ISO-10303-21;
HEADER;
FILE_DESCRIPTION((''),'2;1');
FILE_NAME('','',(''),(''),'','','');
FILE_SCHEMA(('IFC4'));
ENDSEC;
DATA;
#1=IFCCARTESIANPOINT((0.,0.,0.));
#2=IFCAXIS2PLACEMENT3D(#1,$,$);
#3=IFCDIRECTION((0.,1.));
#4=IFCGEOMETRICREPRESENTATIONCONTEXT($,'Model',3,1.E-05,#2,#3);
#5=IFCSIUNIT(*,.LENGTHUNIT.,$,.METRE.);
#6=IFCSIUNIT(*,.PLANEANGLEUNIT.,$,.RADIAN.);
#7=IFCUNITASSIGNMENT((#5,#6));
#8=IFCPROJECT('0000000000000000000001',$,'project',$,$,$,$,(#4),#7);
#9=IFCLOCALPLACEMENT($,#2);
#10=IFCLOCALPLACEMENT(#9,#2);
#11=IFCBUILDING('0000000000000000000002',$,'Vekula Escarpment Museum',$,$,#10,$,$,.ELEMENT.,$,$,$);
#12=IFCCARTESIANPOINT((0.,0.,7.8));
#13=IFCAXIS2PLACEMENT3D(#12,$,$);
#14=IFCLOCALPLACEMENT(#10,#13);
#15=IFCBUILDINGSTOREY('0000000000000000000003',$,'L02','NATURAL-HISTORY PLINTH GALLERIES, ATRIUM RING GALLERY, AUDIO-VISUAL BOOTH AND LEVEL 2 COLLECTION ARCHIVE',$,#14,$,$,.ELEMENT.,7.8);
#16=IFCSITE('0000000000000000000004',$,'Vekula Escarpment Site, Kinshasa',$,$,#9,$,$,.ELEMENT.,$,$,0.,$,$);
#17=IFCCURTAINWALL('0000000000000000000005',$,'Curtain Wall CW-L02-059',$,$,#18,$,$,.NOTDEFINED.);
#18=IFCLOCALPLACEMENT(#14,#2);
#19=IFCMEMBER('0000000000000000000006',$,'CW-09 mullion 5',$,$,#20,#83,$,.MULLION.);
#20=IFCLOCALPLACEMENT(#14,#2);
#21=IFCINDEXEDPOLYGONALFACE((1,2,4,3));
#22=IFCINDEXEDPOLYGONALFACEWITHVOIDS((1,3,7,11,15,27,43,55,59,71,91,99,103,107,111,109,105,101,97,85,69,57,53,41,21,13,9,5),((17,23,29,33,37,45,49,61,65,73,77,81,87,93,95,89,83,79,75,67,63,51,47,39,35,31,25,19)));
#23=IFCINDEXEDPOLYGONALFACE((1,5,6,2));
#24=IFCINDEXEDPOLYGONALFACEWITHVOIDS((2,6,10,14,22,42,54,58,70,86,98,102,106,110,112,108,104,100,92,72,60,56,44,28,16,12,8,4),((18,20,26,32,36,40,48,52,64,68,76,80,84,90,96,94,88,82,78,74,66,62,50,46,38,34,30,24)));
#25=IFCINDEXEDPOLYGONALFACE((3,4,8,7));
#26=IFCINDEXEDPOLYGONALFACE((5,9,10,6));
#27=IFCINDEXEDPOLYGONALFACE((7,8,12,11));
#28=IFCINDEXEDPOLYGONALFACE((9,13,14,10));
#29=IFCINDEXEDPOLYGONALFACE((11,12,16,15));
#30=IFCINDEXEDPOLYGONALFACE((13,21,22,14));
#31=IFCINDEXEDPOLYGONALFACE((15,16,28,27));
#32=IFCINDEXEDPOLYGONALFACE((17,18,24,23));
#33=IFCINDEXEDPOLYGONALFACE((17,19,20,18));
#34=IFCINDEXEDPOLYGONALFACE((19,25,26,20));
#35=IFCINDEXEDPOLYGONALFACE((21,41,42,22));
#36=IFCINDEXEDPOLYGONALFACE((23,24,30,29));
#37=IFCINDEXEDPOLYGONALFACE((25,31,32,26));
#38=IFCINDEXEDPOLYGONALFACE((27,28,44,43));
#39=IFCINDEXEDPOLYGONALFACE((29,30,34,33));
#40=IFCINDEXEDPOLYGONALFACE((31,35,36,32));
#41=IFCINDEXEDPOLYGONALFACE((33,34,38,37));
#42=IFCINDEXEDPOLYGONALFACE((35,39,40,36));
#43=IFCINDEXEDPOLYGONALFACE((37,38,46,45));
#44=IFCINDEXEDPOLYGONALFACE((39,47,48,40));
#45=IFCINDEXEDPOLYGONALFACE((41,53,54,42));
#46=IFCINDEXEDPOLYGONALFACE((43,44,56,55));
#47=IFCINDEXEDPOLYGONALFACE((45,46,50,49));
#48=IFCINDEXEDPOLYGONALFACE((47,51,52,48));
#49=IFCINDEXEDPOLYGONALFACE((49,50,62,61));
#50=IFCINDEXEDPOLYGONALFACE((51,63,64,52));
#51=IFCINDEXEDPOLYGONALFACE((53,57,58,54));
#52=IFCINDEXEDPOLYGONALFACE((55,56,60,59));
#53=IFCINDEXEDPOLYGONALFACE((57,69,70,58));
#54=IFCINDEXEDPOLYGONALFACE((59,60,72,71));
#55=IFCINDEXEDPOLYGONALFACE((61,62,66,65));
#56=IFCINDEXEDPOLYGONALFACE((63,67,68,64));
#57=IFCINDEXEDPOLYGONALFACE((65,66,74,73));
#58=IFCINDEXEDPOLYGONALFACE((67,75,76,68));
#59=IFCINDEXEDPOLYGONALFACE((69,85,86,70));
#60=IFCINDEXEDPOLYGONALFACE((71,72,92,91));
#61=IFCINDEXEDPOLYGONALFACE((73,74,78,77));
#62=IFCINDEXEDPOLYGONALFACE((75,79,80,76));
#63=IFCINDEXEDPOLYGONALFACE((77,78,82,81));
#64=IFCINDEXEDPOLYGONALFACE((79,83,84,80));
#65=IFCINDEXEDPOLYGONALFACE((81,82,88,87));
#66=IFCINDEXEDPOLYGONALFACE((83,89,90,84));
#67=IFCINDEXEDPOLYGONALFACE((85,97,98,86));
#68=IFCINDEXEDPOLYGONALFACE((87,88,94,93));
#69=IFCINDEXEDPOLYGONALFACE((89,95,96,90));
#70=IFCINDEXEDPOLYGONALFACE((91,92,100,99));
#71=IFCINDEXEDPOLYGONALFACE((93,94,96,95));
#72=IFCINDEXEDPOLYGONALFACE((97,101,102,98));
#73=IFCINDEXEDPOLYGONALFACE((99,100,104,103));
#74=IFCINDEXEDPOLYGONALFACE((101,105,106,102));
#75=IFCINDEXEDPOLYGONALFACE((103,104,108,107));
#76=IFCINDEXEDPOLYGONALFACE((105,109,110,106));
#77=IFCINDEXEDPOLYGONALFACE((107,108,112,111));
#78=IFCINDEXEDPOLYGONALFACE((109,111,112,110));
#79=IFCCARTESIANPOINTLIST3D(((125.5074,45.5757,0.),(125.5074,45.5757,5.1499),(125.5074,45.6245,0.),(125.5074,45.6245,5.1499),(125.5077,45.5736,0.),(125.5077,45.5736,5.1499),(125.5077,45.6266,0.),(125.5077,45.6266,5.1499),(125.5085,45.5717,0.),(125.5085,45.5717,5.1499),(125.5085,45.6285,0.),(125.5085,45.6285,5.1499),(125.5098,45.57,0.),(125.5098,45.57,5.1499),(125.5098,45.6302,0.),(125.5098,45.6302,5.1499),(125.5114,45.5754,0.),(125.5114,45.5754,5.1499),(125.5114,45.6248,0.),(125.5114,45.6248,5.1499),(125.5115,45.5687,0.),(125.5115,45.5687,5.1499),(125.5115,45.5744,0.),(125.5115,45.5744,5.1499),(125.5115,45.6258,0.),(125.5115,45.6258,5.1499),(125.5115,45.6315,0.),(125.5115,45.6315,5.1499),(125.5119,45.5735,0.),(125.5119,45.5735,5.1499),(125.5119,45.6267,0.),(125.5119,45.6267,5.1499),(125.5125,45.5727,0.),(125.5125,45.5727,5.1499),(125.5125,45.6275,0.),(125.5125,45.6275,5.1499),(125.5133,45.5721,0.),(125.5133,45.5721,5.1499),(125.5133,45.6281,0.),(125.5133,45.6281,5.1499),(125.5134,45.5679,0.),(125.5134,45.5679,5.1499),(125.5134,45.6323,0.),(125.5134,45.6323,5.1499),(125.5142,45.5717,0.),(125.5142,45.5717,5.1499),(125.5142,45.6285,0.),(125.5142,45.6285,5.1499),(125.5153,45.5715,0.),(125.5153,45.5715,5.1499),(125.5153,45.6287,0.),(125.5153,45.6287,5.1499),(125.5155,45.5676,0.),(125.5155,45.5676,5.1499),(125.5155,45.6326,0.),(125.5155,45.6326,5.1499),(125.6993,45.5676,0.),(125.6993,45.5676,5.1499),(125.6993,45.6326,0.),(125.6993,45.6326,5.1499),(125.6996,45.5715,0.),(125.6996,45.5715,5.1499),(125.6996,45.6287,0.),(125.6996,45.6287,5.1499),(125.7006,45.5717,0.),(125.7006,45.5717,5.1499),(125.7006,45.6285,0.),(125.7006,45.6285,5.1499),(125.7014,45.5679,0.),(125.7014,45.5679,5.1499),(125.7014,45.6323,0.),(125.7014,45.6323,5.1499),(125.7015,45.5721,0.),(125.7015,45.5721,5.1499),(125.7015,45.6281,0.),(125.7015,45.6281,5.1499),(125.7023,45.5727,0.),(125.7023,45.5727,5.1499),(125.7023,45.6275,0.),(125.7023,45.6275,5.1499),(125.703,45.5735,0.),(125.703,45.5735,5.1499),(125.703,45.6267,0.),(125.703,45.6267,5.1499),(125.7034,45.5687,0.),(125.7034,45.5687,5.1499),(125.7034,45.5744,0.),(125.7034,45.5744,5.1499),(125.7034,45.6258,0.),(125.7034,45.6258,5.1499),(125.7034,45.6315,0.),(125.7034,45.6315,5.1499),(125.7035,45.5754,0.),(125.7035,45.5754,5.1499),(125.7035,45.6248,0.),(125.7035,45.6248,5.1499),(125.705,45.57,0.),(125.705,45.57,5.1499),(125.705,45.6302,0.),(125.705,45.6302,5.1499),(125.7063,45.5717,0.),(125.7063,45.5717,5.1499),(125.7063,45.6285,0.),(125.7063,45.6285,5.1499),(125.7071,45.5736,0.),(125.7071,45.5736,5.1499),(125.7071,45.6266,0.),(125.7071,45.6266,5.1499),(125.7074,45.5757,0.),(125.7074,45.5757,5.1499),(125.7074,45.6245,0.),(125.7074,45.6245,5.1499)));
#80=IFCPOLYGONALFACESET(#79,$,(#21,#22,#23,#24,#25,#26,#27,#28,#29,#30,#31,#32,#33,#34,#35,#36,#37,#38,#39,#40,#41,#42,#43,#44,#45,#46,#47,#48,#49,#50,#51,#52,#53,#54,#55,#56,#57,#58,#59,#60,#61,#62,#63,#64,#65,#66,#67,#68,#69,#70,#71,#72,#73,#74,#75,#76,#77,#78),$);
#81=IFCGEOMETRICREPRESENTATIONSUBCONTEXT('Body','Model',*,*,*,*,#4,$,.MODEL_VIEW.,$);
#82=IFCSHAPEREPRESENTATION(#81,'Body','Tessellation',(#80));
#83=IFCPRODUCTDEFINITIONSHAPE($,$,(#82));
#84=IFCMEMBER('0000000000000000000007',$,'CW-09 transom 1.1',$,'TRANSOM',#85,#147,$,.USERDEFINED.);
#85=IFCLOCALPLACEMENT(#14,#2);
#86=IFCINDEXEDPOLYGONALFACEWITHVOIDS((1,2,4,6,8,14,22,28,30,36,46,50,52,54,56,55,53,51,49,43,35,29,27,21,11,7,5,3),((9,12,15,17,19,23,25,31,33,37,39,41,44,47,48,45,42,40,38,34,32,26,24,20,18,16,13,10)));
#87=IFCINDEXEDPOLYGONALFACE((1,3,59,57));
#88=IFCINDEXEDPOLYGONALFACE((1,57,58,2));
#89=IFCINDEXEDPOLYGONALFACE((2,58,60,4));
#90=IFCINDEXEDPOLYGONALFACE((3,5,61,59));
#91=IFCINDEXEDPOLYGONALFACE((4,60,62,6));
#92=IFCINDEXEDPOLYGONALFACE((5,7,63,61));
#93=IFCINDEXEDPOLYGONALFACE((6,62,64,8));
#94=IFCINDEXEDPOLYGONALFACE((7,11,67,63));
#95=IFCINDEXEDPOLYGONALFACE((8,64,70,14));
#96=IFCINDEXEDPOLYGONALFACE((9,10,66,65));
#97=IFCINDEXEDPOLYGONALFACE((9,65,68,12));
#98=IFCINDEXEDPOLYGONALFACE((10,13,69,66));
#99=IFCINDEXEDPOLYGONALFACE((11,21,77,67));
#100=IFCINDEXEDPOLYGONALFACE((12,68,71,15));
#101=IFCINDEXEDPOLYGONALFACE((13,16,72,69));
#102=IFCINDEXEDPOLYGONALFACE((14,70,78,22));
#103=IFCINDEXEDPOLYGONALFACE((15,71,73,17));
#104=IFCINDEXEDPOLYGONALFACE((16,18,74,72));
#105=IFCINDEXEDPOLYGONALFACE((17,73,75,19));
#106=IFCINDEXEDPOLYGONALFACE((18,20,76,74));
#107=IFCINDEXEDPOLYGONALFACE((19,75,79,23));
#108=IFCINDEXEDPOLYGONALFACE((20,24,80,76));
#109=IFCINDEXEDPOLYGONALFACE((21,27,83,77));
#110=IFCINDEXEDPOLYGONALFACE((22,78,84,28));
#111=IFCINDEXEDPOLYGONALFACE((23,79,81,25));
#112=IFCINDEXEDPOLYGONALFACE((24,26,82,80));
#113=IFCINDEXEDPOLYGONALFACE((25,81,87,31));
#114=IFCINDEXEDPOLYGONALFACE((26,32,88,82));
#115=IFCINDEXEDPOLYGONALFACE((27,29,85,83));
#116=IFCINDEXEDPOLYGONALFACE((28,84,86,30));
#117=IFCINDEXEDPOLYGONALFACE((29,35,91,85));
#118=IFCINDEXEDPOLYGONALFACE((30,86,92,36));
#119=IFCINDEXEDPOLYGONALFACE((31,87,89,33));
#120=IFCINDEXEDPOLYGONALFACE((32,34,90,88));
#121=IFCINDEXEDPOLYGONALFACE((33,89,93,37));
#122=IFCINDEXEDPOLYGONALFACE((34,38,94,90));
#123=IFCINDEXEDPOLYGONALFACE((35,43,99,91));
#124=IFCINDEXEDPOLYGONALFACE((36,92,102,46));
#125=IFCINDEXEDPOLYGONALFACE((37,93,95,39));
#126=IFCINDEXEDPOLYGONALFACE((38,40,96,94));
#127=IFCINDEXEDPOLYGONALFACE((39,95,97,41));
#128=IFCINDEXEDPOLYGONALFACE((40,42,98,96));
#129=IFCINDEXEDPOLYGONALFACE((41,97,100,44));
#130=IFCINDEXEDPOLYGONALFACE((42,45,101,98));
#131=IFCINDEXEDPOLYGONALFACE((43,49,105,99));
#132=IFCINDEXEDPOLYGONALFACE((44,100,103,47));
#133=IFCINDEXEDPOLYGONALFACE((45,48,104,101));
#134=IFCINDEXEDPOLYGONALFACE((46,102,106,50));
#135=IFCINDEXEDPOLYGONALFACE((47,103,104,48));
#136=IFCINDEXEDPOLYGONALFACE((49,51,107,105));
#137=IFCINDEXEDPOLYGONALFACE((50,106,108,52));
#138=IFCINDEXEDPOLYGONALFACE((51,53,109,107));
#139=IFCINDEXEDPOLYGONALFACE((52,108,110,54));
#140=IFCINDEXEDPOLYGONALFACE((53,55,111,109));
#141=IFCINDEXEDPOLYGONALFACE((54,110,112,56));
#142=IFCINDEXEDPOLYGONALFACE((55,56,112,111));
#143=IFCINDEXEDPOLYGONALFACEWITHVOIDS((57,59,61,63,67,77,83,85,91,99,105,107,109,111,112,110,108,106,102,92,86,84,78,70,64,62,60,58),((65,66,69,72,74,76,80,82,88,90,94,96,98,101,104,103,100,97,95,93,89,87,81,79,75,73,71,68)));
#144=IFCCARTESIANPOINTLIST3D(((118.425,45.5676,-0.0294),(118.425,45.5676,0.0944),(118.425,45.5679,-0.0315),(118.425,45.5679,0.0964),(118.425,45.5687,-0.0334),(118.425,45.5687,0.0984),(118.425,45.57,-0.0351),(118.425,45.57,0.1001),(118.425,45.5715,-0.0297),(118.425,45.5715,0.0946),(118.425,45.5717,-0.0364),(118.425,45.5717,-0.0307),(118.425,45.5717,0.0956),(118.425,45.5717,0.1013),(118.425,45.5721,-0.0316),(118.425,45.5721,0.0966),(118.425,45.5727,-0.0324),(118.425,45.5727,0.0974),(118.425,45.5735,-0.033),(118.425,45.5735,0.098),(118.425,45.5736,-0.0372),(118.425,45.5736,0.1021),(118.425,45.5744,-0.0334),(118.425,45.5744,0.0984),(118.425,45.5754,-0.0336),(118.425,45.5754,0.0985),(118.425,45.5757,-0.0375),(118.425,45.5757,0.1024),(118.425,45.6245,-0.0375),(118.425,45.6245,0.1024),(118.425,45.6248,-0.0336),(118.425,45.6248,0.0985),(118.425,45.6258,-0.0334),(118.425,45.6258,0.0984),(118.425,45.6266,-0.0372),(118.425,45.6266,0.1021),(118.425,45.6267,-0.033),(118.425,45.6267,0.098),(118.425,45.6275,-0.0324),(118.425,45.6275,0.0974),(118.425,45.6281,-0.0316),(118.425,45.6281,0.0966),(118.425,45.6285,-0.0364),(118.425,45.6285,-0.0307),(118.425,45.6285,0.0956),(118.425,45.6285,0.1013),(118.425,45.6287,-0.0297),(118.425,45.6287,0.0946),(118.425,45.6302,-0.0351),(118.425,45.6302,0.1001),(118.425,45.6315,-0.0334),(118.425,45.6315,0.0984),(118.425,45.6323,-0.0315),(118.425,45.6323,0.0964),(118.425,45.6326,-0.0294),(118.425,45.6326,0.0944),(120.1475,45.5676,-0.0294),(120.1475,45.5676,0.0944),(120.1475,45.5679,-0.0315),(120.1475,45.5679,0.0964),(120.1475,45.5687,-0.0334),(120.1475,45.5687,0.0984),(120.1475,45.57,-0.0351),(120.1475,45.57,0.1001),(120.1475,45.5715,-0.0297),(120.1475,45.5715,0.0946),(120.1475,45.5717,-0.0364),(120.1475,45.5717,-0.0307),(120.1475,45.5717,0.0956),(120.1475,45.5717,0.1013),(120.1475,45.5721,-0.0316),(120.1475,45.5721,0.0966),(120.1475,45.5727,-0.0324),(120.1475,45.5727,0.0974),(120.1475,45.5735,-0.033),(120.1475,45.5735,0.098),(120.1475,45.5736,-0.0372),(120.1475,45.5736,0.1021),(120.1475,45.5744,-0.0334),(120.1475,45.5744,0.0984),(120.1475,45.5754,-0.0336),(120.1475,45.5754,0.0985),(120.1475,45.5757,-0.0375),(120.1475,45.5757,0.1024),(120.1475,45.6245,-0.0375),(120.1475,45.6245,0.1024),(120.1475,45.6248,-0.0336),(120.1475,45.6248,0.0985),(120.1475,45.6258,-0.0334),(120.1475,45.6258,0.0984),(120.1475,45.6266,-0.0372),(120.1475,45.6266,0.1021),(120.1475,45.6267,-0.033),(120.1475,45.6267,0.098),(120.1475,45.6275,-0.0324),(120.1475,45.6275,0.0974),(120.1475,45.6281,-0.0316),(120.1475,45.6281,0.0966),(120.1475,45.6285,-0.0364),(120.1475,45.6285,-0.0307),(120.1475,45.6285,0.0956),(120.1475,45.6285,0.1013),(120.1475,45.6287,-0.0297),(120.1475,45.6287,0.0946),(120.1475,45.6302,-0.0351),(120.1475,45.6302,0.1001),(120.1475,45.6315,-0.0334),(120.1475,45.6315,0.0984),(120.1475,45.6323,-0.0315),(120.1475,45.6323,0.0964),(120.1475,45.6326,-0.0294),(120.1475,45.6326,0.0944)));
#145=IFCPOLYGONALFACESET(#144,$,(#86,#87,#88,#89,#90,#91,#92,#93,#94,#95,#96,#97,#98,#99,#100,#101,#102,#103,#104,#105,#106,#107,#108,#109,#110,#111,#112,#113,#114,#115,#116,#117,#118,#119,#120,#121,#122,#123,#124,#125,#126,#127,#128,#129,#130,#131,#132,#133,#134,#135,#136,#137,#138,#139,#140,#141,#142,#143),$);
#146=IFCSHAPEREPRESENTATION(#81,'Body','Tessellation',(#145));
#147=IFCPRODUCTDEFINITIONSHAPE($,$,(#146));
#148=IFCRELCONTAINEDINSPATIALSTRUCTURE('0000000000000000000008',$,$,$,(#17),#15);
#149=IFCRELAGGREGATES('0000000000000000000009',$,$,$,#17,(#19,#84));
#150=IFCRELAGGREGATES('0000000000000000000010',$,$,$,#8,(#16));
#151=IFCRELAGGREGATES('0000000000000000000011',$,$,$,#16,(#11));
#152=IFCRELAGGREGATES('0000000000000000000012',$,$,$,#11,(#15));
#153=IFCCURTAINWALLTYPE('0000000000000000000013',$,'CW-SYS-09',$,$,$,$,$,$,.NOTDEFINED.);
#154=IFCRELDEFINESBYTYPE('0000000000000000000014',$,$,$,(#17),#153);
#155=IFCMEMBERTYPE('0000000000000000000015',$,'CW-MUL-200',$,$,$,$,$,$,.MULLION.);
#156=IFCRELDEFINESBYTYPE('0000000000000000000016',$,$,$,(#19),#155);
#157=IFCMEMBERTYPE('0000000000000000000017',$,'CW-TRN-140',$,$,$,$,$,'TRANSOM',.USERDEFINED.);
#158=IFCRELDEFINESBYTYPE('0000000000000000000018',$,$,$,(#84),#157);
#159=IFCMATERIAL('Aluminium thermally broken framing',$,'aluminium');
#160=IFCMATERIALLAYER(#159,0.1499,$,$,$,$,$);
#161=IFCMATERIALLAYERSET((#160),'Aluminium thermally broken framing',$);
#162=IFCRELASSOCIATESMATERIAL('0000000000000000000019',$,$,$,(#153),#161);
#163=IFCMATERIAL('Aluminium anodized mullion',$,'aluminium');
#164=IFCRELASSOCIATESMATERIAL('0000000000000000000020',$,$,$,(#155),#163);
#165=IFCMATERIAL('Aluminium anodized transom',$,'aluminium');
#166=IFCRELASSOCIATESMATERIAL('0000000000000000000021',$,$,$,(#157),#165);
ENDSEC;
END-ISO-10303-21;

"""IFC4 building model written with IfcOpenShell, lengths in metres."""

from ifc_helpers import new_model, si_unit, direction, frame, origin, origin_2d, place, context, subcontext, project, spatial, hollow_rectangle, extrude, material, layer, layer_set, material_profile, profile_set, type_object, element, aggregate, save


model = new_model("IFC4")

# Units and contexts
model_context = context("Model", 3, precision=1e-05, world=origin(), true_north=direction((0.0, 1.0)))
body_context = subcontext(model_context, "Body", "Model", "MODEL_VIEW")
ifc_project = project(units=[si_unit("LENGTHUNIT", "METRE"), si_unit("PLANEANGLEUNIT", "RADIAN")], contexts=[model_context])

# Site, building, storey
site_placement = place(None, origin())
site = spatial("IfcSite", under=ifc_project, at=site_placement, Name="Vekula Escarpment Site, Kinshasa", CompositionType="ELEMENT", RefElevation=0.0)
building_placement = place(site_placement, origin())
building = spatial("IfcBuilding", under=site, at=building_placement, Name="Vekula Escarpment Museum", CompositionType="ELEMENT")
storey_placement = place(building_placement, frame((0.0, 0.0, 7.8)))
storey = spatial("IfcBuildingStorey", under=building, at=storey_placement, Name="L02", Description="NATURAL-HISTORY PLINTH GALLERIES, ATRIUM RING GALLERY, AUDIO-VISUAL BOOTH AND LEVEL 2 COLLECTION ARCHIVE", CompositionType="ELEMENT", Elevation=7.8)

# Curtain wall, members
ifc_material_1 = material(Name="Aluminium thermally broken framing", Category="aluminium")
ifc_layer_1 = layer(ifc_material_1, 0.1499)
ifc_layer_set_1 = layer_set([ifc_layer_1], Name="Aluminium thermally broken framing")
curtain_wall_type = type_object("IfcCurtainWallType", Name="CW-SYS-09", PredefinedType="NOTDEFINED", material=ifc_layer_set_1)
curtain_wall_placement = place(storey_placement, origin())
curtain_wall = element("IfcCurtainWall", 1, at=curtain_wall_placement, inside=storey, type_object=curtain_wall_type, Name="Curtain Wall CW-L02-059", PredefinedType="NOTDEFINED")
ifc_material_2 = material(Name="Aluminium anodized mullion", Category="aluminium")
ifc_material_profile_1 = material_profile(ifc_material_2, hollow_rectangle(XDim=0.0649, YDim=0.2, WallThickness=0.0039, InnerFilletRadius=0.0039, OuterFilletRadius=0.0081, at=origin_2d()), Name="ALU 200x65x4")
ifc_profile_set_1 = profile_set([ifc_material_profile_1], Name="Aluminium anodized mullion")
member_type_1 = type_object("IfcMemberType", Name="CW-MUL-200", PredefinedType="MULLION", material=ifc_profile_set_1)
member_1_placement = place(storey_placement, frame((125.6074, 45.6001, 0.0), z_axis=(0.0, 0.0, 1.0), x_axis=(0.0, 1.0, 0.0)))
member_1 = element("IfcMember", 2, at=member_1_placement, type_object=member_type_1, Name="CW-09 mullion 5", PredefinedType="MULLION", context=body_context, shape_type="SweptSolid", body=[
    extrude(hollow_rectangle(XDim=0.0649, YDim=0.2, WallThickness=0.0039, InnerFilletRadius=0.0039, OuterFilletRadius=0.0081, at=origin_2d()), origin(), (0.0, 0.0, 1.0), 5.1499),
])
ifc_material_3 = material(Name="Aluminium anodized transom", Category="aluminium")
ifc_material_profile_2 = material_profile(ifc_material_3, hollow_rectangle(XDim=0.0649, YDim=0.1399, WallThickness=0.0039, InnerFilletRadius=0.0039, OuterFilletRadius=0.0081, at=origin_2d()), Name="ALU 140x65x4")
ifc_profile_set_2 = profile_set([ifc_material_profile_2], Name="Aluminium anodized transom")
member_type_2 = type_object("IfcMemberType", Name="CW-TRN-140", ElementType="TRANSOM", PredefinedType="USERDEFINED", material=ifc_profile_set_2)
member_2_placement = place(storey_placement, frame((118.425, 45.6001, 0.0325), z_axis=(1.0, 0.0, 0.0), x_axis=(0.0, 1.0, 0.0)))
member_2 = element("IfcMember", 3, at=member_2_placement, type_object=member_type_2, Name="CW-09 transom 1.1", ObjectType="TRANSOM", PredefinedType="USERDEFINED", context=body_context, shape_type="SweptSolid", body=[
    extrude(hollow_rectangle(XDim=0.0649, YDim=0.1399, WallThickness=0.0039, InnerFilletRadius=0.0039, OuterFilletRadius=0.0081, at=origin_2d()), origin(), (0.0, 0.0, 1.0), 1.7224),
])
aggregate(curtain_wall, [member_1, member_2])

save(model, "model.ifc")
